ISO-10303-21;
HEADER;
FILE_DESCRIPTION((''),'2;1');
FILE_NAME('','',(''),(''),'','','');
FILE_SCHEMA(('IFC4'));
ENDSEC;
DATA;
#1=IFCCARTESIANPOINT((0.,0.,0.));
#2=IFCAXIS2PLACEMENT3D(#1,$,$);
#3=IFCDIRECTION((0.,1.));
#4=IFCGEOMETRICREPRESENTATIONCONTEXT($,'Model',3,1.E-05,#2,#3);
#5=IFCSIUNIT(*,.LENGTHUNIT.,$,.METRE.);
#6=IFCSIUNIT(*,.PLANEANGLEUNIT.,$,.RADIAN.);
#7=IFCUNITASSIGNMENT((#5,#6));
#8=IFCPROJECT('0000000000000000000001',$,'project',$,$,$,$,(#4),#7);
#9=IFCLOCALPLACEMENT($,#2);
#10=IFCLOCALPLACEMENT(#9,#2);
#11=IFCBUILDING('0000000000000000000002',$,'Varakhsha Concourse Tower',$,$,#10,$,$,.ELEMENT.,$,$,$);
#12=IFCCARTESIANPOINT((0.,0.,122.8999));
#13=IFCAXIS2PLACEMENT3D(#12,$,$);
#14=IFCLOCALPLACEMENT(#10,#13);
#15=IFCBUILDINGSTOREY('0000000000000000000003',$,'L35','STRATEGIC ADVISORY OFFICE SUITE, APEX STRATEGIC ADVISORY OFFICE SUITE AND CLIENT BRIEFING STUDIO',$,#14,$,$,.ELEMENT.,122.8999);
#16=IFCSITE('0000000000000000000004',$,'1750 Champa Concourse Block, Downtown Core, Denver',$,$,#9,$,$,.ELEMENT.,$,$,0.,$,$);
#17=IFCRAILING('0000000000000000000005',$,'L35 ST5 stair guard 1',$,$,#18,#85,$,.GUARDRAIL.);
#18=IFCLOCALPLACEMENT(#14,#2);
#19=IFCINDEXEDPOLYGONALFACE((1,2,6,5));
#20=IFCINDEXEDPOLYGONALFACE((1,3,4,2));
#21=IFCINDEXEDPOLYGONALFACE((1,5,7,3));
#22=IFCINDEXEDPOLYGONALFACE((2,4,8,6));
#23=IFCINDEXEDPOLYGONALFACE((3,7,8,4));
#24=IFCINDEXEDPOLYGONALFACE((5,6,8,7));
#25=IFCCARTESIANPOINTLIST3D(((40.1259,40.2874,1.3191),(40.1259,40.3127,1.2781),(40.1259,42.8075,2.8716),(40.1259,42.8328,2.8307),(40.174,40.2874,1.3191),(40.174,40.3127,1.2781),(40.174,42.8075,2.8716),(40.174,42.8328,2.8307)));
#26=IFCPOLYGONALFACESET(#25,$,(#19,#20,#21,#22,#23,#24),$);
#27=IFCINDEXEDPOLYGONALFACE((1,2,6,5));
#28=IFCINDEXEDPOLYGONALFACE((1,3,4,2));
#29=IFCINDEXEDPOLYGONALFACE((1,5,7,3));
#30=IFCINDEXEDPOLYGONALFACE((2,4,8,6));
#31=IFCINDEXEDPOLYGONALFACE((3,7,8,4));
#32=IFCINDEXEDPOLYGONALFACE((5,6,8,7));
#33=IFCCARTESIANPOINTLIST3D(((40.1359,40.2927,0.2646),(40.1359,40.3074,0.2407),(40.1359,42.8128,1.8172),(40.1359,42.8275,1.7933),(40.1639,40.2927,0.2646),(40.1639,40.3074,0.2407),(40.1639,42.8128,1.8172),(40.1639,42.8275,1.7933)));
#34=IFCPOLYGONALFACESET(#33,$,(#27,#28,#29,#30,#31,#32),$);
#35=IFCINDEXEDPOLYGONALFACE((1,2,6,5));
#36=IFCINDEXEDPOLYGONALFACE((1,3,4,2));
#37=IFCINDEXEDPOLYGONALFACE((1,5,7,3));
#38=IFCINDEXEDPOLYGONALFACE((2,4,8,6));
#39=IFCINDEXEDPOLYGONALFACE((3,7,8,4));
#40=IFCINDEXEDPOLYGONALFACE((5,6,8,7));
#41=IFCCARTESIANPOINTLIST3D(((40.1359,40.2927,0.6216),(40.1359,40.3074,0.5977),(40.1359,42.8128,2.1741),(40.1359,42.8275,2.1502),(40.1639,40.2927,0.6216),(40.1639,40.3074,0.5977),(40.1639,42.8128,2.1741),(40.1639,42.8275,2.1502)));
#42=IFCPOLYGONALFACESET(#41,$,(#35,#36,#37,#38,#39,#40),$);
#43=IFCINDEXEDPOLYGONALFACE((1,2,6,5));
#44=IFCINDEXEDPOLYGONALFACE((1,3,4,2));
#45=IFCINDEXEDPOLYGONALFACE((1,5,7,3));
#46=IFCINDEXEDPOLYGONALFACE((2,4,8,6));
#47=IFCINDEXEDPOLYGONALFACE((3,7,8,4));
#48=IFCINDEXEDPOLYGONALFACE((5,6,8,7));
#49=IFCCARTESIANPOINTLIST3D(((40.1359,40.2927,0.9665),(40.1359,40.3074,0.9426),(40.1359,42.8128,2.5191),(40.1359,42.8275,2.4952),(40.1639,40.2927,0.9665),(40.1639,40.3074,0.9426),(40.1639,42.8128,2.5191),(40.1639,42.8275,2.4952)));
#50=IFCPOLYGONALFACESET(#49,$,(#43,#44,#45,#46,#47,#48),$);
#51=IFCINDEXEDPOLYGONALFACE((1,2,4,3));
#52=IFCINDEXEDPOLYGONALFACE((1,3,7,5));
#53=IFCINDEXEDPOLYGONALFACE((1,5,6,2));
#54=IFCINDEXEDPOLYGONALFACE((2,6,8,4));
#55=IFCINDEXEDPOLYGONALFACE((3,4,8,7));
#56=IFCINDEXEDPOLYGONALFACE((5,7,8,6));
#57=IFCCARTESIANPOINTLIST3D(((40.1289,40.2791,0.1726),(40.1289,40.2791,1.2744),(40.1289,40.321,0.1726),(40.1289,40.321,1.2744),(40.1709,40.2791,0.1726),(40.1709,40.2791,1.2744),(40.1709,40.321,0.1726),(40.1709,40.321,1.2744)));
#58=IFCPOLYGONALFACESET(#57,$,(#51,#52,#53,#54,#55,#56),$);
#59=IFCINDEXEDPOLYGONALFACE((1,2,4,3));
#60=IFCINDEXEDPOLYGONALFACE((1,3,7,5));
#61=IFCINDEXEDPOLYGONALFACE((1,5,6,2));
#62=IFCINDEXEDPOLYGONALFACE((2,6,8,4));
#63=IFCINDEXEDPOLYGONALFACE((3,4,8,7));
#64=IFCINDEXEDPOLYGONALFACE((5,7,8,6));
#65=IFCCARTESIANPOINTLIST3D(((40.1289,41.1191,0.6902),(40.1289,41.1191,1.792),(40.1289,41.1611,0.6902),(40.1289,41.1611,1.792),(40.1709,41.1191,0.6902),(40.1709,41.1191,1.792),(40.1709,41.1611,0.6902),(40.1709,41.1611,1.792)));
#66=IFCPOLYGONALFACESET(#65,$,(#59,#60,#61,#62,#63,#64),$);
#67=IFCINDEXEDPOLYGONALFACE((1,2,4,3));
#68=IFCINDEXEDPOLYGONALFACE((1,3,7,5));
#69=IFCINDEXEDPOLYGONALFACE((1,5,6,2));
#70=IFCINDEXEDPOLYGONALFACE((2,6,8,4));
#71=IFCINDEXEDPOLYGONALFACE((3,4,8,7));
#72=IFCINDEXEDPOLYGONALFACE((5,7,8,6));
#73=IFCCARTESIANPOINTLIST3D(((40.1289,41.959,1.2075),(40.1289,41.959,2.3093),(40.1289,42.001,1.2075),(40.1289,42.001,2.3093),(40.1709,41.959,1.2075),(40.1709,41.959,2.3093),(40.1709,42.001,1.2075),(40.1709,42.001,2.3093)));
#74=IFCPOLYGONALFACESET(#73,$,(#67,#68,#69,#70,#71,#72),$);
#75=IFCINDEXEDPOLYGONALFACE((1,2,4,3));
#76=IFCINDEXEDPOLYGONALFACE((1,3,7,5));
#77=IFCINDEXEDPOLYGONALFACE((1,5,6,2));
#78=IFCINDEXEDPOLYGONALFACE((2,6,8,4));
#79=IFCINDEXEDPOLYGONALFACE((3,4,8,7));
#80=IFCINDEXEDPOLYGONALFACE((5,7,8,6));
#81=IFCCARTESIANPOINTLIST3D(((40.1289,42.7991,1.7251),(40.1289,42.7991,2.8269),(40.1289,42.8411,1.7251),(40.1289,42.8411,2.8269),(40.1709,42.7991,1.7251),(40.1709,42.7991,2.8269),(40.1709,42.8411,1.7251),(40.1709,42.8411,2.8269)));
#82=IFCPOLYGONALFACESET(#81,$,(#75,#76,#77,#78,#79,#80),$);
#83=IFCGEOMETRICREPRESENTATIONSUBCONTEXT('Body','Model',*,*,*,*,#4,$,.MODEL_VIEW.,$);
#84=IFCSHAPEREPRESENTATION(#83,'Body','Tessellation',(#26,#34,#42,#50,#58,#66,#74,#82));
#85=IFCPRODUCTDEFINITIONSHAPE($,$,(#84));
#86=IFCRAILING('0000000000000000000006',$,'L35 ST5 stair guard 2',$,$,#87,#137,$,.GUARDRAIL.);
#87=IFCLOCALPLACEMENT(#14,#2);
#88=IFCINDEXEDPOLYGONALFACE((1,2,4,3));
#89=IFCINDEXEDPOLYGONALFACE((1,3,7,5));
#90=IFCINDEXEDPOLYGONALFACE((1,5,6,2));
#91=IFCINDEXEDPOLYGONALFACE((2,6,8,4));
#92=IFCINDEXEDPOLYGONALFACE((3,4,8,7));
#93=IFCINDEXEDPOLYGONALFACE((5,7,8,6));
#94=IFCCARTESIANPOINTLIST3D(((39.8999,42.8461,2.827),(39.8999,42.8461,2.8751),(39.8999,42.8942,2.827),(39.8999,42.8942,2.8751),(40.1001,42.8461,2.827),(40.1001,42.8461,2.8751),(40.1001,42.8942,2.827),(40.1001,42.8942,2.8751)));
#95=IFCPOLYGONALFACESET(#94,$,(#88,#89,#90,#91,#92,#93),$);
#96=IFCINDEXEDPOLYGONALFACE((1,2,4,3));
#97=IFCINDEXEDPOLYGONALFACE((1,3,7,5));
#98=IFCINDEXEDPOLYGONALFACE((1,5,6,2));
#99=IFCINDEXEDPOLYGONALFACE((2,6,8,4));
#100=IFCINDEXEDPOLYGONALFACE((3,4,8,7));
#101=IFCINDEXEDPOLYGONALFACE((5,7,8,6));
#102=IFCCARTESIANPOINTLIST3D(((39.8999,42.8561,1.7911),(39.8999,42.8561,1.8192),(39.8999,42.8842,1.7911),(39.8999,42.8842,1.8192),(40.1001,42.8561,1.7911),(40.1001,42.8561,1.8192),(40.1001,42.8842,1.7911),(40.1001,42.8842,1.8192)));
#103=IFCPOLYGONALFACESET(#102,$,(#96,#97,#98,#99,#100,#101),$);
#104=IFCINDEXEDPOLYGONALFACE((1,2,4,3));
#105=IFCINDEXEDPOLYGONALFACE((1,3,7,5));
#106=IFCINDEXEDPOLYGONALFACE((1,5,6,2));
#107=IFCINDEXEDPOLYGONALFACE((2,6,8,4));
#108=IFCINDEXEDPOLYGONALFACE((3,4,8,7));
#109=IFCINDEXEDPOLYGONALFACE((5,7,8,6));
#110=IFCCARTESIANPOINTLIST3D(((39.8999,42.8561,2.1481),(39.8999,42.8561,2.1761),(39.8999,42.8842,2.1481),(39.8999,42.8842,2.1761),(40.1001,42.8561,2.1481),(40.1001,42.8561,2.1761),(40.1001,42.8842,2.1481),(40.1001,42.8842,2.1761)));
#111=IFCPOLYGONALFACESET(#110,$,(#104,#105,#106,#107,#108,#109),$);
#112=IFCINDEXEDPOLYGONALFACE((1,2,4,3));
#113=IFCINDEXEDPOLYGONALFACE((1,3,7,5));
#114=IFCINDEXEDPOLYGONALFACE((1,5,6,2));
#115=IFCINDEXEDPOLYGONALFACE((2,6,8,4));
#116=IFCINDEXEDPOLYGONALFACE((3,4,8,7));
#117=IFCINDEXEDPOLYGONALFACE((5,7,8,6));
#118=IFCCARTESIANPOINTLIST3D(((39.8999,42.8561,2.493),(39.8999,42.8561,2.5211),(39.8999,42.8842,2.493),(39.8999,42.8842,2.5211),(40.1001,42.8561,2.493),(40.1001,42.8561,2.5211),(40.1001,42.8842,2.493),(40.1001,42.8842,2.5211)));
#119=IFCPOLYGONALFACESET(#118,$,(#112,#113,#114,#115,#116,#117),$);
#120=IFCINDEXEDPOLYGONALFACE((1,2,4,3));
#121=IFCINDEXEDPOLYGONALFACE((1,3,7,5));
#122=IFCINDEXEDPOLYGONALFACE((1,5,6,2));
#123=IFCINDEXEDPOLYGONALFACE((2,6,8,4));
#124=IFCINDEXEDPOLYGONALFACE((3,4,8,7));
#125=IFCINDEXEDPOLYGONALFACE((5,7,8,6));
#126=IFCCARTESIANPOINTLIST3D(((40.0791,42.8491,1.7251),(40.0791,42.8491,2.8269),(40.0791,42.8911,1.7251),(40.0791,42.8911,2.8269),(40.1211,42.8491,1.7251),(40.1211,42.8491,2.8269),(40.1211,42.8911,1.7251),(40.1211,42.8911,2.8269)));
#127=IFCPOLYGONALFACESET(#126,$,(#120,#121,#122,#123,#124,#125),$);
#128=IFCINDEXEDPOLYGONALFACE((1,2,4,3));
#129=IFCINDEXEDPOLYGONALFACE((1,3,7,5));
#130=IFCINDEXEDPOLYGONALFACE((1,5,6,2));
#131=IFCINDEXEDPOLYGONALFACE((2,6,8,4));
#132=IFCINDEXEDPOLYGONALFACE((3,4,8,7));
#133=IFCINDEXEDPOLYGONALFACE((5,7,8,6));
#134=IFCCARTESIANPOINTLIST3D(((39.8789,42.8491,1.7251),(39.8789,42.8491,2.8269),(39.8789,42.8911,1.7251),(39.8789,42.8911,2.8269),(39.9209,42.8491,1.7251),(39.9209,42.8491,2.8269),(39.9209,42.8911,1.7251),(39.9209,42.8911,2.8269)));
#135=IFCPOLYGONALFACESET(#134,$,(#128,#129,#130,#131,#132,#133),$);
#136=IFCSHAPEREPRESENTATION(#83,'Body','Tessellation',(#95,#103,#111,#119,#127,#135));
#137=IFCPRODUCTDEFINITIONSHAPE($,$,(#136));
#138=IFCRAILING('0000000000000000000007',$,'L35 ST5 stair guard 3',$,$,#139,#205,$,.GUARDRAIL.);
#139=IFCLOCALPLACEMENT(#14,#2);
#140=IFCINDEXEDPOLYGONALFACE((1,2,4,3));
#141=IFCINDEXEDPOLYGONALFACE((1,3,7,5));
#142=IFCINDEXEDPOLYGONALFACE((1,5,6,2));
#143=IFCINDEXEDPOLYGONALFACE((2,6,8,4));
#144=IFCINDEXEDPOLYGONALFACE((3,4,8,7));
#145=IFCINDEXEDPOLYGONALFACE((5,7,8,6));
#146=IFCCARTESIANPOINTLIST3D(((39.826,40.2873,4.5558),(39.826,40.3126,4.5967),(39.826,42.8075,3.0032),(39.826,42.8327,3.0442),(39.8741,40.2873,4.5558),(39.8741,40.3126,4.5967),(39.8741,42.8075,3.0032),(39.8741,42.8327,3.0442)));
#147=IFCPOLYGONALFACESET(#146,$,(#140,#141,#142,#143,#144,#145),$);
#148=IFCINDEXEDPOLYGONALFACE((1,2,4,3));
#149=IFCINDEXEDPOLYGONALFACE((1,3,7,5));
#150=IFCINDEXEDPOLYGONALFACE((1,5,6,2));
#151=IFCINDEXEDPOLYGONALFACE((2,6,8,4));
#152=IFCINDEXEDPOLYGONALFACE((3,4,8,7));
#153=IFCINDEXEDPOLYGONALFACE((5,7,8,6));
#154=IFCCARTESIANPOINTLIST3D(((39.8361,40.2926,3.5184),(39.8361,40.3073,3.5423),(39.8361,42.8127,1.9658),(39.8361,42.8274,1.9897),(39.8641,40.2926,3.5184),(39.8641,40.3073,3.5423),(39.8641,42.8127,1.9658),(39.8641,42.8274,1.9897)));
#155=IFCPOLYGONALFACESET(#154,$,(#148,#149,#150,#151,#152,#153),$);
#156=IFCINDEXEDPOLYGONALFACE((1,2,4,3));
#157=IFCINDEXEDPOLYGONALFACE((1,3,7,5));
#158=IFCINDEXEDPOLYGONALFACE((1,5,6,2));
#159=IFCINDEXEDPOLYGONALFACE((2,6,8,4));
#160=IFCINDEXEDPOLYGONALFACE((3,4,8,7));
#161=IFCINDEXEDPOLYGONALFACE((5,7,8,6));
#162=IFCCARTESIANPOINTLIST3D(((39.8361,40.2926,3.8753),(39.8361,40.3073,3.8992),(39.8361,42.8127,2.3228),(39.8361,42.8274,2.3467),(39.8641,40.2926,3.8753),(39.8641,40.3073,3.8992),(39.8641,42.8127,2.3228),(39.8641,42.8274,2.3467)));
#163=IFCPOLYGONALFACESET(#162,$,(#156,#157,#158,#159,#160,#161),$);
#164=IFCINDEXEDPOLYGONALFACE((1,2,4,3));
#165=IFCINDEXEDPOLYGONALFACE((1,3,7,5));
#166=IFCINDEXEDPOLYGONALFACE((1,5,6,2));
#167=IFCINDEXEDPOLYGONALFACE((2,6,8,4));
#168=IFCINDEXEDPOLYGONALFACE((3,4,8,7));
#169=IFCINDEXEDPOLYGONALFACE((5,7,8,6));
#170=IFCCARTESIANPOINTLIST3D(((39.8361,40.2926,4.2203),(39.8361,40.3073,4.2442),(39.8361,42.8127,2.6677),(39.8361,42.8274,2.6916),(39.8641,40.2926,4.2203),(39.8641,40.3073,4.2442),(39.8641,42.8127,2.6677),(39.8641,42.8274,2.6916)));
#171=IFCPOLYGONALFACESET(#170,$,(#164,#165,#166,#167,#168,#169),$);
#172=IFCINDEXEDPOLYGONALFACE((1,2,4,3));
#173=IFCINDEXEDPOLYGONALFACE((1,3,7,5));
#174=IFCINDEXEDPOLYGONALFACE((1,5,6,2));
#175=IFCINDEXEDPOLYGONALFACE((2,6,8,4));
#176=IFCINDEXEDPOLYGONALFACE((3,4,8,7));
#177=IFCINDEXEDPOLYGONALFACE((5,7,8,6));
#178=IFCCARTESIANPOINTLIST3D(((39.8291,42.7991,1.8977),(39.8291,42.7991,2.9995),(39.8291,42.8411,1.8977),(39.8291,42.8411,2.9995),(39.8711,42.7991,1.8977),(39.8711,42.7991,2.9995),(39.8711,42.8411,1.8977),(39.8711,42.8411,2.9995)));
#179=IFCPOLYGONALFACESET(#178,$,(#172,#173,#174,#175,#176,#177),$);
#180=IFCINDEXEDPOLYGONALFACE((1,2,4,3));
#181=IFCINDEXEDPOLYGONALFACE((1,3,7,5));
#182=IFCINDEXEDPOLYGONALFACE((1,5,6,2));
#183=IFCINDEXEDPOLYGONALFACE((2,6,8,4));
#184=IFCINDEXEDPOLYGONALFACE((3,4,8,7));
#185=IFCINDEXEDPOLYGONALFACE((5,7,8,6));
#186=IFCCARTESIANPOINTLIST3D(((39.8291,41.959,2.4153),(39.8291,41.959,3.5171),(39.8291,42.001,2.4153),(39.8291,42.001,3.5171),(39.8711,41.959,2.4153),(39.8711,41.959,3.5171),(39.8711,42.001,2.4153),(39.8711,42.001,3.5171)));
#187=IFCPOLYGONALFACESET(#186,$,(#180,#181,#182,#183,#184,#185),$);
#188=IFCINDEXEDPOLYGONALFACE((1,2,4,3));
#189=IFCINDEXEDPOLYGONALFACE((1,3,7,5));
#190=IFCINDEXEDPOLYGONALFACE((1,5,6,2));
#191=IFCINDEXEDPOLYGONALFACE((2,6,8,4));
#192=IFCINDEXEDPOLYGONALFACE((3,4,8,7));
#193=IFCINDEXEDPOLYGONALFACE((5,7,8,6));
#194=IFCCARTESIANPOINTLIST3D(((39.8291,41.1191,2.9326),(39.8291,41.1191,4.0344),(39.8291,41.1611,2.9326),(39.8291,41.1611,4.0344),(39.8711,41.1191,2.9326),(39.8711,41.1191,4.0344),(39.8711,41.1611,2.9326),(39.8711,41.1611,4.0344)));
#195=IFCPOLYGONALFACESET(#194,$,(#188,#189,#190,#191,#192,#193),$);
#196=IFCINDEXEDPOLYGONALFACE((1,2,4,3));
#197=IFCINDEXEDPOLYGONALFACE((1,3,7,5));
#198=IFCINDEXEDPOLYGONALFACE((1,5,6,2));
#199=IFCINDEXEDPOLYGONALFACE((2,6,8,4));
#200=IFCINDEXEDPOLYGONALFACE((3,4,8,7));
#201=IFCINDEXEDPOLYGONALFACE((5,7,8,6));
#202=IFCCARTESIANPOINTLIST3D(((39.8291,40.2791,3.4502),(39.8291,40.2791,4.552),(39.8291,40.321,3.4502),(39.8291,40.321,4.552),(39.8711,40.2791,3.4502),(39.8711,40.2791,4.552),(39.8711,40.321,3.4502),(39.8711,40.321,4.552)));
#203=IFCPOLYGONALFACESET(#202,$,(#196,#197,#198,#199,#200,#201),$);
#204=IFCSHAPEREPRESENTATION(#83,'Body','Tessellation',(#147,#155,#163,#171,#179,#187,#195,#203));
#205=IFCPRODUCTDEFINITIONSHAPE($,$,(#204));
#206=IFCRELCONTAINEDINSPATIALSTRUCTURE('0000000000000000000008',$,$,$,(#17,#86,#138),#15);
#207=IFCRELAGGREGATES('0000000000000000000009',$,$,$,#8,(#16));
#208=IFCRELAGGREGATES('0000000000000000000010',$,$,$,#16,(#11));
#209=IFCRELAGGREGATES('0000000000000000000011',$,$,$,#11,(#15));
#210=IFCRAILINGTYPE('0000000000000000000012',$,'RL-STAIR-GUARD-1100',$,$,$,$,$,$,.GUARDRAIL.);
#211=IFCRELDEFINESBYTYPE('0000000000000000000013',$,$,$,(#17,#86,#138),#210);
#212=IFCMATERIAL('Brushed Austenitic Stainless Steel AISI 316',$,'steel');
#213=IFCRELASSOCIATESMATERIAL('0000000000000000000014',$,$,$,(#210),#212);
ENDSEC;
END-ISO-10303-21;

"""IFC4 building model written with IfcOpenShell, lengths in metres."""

from ifc_helpers import new_model, si_unit, direction, frame, origin, origin_2d, place, context, subcontext, project, spatial, rectangle, extrude, material, type_object, element, save


model = new_model("IFC4")

# Units and contexts
model_context = context("Model", 3, precision=1e-05, world=origin(), true_north=direction((0.0, 1.0)))
body_context = subcontext(model_context, "Body", "Model", "MODEL_VIEW")
ifc_project = project(units=[si_unit("LENGTHUNIT", "METRE"), si_unit("PLANEANGLEUNIT", "RADIAN")], contexts=[model_context])

# Site, building, storey
site_placement = place(None, origin())
site = spatial("IfcSite", under=ifc_project, at=site_placement, Name="1750 Champa Concourse Block, Downtown Core, Denver", CompositionType="ELEMENT", RefElevation=0.0)
building_placement = place(site_placement, origin())
building = spatial("IfcBuilding", under=site, at=building_placement, Name="Varakhsha Concourse Tower", CompositionType="ELEMENT")
storey_placement = place(building_placement, frame((0.0, 0.0, 122.8999)))
storey = spatial("IfcBuildingStorey", under=building, at=storey_placement, Name="L35", Description="STRATEGIC ADVISORY OFFICE SUITE, APEX STRATEGIC ADVISORY OFFICE SUITE AND CLIENT BRIEFING STUDIO", CompositionType="ELEMENT", Elevation=122.8999)

# Railings
ifc_material_1 = material(Name="Brushed Austenitic Stainless Steel AISI 316", Category="steel")
railing_type_1 = type_object("IfcRailingType", Name="RL-STAIR-GUARD-1100", PredefinedType="GUARDRAIL", material=ifc_material_1)
railing_1_placement = place(storey_placement, frame((40.1499, 40.3, 0.1726)))
element("IfcRailing", 1, at=railing_1_placement, inside=storey, type_object=railing_type_1, Name="L35 ST5 stair guard 1", PredefinedType="GUARDRAIL", context=body_context, shape_type="SweptSolid", body=[
    extrude(rectangle(XDim=0.0481, YDim=0.0481, at=origin_2d()), frame((0.0, 0.0, 1.126), z_axis=(0.0, 0.8514, 0.524516), x_axis=(-1.0, 0.0, 0.0)), (0.0, 0.0, 1.0), 2.96),
    extrude(rectangle(XDim=0.0281, YDim=0.0281, at=origin_2d()), frame((0.0, 0.0, 0.0801), z_axis=(0.0, 0.8514, 0.524516), x_axis=(-1.0, 0.0, 0.0)), (0.0, 0.0, 1.0), 2.96),
    extrude(rectangle(XDim=0.0281, YDim=0.0281, at=origin_2d()), frame((0.0, 0.0, 0.437), z_axis=(0.0, 0.8514, 0.524516), x_axis=(-1.0, 0.0, 0.0)), (0.0, 0.0, 1.0), 2.96),
    extrude(rectangle(XDim=0.0281, YDim=0.0281, at=origin_2d()), frame((0.0, 0.0, 0.782), z_axis=(0.0, 0.8514, 0.524516), x_axis=(-1.0, 0.0, 0.0)), (0.0, 0.0, 1.0), 2.96),
    extrude(rectangle(XDim=0.042, YDim=0.042, at=origin_2d()), origin(), (0.0, 0.0, 1.0), 1.1018),
    extrude(rectangle(XDim=0.042, YDim=0.042, at=origin_2d()), frame((0.0, 0.8401, 0.5176)), (0.0, 0.0, 1.0), 1.1018),
    extrude(rectangle(XDim=0.042, YDim=0.042, at=origin_2d()), frame((0.0, 1.6799, 1.0349)), (0.0, 0.0, 1.0), 1.1018),
    extrude(rectangle(XDim=0.042, YDim=0.042, at=origin_2d()), frame((0.0, 2.52, 1.5525)), (0.0, 0.0, 1.0), 1.1018),
])
railing_2_placement = place(storey_placement, frame((40.1001, 42.8701, 1.7251)))
element("IfcRailing", 2, at=railing_2_placement, inside=storey, type_object=railing_type_1, Name="L35 ST5 stair guard 2", PredefinedType="GUARDRAIL", context=body_context, shape_type="SweptSolid", body=[
    extrude(rectangle(XDim=0.0481, YDim=0.0481, at=origin_2d()), frame((0.0, 0.0, 1.126), z_axis=(-1.0, 0.0, 0.0), x_axis=(0.0, -1.0, 0.0)), (0.0, 0.0, 1.0), 0.2002),
    extrude(rectangle(XDim=0.0281, YDim=0.0281, at=origin_2d()), frame((0.0, 0.0, 0.0801), z_axis=(-1.0, 0.0, 0.0), x_axis=(0.0, -1.0, 0.0)), (0.0, 0.0, 1.0), 0.2002),
    extrude(rectangle(XDim=0.0281, YDim=0.0281, at=origin_2d()), frame((0.0, 0.0, 0.437), z_axis=(-1.0, 0.0, 0.0), x_axis=(0.0, -1.0, 0.0)), (0.0, 0.0, 1.0), 0.2002),
    extrude(rectangle(XDim=0.0281, YDim=0.0281, at=origin_2d()), frame((0.0, 0.0, 0.782), z_axis=(-1.0, 0.0, 0.0), x_axis=(0.0, -1.0, 0.0)), (0.0, 0.0, 1.0), 0.2002),
    extrude(rectangle(XDim=0.042, YDim=0.042, at=origin_2d()), origin(), (0.0, 0.0, 1.0), 1.1018),
    extrude(rectangle(XDim=0.042, YDim=0.042, at=origin_2d()), frame((-0.2002, 0.0, 0.0)), (0.0, 0.0, 1.0), 1.1018),
])
railing_3_placement = place(storey_placement, frame((39.8501, 42.8201, 1.8977)))
element("IfcRailing", 3, at=railing_3_placement, inside=storey, type_object=railing_type_1, Name="L35 ST5 stair guard 3", PredefinedType="GUARDRAIL", context=body_context, shape_type="SweptSolid", body=[
    extrude(rectangle(XDim=0.0481, YDim=0.0481, at=origin_2d()), frame((0.0, 0.0, 1.126), z_axis=(0.0, -0.8514, 0.524516), x_axis=(1.0, 0.0, 0.0)), (0.0, 0.0, 1.0), 2.96),
    extrude(rectangle(XDim=0.0281, YDim=0.0281, at=origin_2d()), frame((0.0, 0.0, 0.0801), z_axis=(0.0, -0.8514, 0.524516), x_axis=(1.0, 0.0, 0.0)), (0.0, 0.0, 1.0), 2.96),
    extrude(rectangle(XDim=0.0281, YDim=0.0281, at=origin_2d()), frame((0.0, 0.0, 0.437), z_axis=(0.0, -0.8514, 0.524516), x_axis=(1.0, 0.0, 0.0)), (0.0, 0.0, 1.0), 2.96),
    extrude(rectangle(XDim=0.0281, YDim=0.0281, at=origin_2d()), frame((0.0, 0.0, 0.782), z_axis=(0.0, -0.8514, 0.524516), x_axis=(1.0, 0.0, 0.0)), (0.0, 0.0, 1.0), 2.96),
    extrude(rectangle(XDim=0.042, YDim=0.042, at=origin_2d()), origin(), (0.0, 0.0, 1.0), 1.1018),
    extrude(rectangle(XDim=0.042, YDim=0.042, at=origin_2d()), frame((0.0, -0.8401, 0.5176)), (0.0, 0.0, 1.0), 1.1018),
    extrude(rectangle(XDim=0.042, YDim=0.042, at=origin_2d()), frame((0.0, -1.6799, 1.0349)), (0.0, 0.0, 1.0), 1.1018),
    extrude(rectangle(XDim=0.042, YDim=0.042, at=origin_2d()), frame((0.0, -2.52, 1.5525)), (0.0, 0.0, 1.0), 1.1018),
])

save(model, "model.ifc")
